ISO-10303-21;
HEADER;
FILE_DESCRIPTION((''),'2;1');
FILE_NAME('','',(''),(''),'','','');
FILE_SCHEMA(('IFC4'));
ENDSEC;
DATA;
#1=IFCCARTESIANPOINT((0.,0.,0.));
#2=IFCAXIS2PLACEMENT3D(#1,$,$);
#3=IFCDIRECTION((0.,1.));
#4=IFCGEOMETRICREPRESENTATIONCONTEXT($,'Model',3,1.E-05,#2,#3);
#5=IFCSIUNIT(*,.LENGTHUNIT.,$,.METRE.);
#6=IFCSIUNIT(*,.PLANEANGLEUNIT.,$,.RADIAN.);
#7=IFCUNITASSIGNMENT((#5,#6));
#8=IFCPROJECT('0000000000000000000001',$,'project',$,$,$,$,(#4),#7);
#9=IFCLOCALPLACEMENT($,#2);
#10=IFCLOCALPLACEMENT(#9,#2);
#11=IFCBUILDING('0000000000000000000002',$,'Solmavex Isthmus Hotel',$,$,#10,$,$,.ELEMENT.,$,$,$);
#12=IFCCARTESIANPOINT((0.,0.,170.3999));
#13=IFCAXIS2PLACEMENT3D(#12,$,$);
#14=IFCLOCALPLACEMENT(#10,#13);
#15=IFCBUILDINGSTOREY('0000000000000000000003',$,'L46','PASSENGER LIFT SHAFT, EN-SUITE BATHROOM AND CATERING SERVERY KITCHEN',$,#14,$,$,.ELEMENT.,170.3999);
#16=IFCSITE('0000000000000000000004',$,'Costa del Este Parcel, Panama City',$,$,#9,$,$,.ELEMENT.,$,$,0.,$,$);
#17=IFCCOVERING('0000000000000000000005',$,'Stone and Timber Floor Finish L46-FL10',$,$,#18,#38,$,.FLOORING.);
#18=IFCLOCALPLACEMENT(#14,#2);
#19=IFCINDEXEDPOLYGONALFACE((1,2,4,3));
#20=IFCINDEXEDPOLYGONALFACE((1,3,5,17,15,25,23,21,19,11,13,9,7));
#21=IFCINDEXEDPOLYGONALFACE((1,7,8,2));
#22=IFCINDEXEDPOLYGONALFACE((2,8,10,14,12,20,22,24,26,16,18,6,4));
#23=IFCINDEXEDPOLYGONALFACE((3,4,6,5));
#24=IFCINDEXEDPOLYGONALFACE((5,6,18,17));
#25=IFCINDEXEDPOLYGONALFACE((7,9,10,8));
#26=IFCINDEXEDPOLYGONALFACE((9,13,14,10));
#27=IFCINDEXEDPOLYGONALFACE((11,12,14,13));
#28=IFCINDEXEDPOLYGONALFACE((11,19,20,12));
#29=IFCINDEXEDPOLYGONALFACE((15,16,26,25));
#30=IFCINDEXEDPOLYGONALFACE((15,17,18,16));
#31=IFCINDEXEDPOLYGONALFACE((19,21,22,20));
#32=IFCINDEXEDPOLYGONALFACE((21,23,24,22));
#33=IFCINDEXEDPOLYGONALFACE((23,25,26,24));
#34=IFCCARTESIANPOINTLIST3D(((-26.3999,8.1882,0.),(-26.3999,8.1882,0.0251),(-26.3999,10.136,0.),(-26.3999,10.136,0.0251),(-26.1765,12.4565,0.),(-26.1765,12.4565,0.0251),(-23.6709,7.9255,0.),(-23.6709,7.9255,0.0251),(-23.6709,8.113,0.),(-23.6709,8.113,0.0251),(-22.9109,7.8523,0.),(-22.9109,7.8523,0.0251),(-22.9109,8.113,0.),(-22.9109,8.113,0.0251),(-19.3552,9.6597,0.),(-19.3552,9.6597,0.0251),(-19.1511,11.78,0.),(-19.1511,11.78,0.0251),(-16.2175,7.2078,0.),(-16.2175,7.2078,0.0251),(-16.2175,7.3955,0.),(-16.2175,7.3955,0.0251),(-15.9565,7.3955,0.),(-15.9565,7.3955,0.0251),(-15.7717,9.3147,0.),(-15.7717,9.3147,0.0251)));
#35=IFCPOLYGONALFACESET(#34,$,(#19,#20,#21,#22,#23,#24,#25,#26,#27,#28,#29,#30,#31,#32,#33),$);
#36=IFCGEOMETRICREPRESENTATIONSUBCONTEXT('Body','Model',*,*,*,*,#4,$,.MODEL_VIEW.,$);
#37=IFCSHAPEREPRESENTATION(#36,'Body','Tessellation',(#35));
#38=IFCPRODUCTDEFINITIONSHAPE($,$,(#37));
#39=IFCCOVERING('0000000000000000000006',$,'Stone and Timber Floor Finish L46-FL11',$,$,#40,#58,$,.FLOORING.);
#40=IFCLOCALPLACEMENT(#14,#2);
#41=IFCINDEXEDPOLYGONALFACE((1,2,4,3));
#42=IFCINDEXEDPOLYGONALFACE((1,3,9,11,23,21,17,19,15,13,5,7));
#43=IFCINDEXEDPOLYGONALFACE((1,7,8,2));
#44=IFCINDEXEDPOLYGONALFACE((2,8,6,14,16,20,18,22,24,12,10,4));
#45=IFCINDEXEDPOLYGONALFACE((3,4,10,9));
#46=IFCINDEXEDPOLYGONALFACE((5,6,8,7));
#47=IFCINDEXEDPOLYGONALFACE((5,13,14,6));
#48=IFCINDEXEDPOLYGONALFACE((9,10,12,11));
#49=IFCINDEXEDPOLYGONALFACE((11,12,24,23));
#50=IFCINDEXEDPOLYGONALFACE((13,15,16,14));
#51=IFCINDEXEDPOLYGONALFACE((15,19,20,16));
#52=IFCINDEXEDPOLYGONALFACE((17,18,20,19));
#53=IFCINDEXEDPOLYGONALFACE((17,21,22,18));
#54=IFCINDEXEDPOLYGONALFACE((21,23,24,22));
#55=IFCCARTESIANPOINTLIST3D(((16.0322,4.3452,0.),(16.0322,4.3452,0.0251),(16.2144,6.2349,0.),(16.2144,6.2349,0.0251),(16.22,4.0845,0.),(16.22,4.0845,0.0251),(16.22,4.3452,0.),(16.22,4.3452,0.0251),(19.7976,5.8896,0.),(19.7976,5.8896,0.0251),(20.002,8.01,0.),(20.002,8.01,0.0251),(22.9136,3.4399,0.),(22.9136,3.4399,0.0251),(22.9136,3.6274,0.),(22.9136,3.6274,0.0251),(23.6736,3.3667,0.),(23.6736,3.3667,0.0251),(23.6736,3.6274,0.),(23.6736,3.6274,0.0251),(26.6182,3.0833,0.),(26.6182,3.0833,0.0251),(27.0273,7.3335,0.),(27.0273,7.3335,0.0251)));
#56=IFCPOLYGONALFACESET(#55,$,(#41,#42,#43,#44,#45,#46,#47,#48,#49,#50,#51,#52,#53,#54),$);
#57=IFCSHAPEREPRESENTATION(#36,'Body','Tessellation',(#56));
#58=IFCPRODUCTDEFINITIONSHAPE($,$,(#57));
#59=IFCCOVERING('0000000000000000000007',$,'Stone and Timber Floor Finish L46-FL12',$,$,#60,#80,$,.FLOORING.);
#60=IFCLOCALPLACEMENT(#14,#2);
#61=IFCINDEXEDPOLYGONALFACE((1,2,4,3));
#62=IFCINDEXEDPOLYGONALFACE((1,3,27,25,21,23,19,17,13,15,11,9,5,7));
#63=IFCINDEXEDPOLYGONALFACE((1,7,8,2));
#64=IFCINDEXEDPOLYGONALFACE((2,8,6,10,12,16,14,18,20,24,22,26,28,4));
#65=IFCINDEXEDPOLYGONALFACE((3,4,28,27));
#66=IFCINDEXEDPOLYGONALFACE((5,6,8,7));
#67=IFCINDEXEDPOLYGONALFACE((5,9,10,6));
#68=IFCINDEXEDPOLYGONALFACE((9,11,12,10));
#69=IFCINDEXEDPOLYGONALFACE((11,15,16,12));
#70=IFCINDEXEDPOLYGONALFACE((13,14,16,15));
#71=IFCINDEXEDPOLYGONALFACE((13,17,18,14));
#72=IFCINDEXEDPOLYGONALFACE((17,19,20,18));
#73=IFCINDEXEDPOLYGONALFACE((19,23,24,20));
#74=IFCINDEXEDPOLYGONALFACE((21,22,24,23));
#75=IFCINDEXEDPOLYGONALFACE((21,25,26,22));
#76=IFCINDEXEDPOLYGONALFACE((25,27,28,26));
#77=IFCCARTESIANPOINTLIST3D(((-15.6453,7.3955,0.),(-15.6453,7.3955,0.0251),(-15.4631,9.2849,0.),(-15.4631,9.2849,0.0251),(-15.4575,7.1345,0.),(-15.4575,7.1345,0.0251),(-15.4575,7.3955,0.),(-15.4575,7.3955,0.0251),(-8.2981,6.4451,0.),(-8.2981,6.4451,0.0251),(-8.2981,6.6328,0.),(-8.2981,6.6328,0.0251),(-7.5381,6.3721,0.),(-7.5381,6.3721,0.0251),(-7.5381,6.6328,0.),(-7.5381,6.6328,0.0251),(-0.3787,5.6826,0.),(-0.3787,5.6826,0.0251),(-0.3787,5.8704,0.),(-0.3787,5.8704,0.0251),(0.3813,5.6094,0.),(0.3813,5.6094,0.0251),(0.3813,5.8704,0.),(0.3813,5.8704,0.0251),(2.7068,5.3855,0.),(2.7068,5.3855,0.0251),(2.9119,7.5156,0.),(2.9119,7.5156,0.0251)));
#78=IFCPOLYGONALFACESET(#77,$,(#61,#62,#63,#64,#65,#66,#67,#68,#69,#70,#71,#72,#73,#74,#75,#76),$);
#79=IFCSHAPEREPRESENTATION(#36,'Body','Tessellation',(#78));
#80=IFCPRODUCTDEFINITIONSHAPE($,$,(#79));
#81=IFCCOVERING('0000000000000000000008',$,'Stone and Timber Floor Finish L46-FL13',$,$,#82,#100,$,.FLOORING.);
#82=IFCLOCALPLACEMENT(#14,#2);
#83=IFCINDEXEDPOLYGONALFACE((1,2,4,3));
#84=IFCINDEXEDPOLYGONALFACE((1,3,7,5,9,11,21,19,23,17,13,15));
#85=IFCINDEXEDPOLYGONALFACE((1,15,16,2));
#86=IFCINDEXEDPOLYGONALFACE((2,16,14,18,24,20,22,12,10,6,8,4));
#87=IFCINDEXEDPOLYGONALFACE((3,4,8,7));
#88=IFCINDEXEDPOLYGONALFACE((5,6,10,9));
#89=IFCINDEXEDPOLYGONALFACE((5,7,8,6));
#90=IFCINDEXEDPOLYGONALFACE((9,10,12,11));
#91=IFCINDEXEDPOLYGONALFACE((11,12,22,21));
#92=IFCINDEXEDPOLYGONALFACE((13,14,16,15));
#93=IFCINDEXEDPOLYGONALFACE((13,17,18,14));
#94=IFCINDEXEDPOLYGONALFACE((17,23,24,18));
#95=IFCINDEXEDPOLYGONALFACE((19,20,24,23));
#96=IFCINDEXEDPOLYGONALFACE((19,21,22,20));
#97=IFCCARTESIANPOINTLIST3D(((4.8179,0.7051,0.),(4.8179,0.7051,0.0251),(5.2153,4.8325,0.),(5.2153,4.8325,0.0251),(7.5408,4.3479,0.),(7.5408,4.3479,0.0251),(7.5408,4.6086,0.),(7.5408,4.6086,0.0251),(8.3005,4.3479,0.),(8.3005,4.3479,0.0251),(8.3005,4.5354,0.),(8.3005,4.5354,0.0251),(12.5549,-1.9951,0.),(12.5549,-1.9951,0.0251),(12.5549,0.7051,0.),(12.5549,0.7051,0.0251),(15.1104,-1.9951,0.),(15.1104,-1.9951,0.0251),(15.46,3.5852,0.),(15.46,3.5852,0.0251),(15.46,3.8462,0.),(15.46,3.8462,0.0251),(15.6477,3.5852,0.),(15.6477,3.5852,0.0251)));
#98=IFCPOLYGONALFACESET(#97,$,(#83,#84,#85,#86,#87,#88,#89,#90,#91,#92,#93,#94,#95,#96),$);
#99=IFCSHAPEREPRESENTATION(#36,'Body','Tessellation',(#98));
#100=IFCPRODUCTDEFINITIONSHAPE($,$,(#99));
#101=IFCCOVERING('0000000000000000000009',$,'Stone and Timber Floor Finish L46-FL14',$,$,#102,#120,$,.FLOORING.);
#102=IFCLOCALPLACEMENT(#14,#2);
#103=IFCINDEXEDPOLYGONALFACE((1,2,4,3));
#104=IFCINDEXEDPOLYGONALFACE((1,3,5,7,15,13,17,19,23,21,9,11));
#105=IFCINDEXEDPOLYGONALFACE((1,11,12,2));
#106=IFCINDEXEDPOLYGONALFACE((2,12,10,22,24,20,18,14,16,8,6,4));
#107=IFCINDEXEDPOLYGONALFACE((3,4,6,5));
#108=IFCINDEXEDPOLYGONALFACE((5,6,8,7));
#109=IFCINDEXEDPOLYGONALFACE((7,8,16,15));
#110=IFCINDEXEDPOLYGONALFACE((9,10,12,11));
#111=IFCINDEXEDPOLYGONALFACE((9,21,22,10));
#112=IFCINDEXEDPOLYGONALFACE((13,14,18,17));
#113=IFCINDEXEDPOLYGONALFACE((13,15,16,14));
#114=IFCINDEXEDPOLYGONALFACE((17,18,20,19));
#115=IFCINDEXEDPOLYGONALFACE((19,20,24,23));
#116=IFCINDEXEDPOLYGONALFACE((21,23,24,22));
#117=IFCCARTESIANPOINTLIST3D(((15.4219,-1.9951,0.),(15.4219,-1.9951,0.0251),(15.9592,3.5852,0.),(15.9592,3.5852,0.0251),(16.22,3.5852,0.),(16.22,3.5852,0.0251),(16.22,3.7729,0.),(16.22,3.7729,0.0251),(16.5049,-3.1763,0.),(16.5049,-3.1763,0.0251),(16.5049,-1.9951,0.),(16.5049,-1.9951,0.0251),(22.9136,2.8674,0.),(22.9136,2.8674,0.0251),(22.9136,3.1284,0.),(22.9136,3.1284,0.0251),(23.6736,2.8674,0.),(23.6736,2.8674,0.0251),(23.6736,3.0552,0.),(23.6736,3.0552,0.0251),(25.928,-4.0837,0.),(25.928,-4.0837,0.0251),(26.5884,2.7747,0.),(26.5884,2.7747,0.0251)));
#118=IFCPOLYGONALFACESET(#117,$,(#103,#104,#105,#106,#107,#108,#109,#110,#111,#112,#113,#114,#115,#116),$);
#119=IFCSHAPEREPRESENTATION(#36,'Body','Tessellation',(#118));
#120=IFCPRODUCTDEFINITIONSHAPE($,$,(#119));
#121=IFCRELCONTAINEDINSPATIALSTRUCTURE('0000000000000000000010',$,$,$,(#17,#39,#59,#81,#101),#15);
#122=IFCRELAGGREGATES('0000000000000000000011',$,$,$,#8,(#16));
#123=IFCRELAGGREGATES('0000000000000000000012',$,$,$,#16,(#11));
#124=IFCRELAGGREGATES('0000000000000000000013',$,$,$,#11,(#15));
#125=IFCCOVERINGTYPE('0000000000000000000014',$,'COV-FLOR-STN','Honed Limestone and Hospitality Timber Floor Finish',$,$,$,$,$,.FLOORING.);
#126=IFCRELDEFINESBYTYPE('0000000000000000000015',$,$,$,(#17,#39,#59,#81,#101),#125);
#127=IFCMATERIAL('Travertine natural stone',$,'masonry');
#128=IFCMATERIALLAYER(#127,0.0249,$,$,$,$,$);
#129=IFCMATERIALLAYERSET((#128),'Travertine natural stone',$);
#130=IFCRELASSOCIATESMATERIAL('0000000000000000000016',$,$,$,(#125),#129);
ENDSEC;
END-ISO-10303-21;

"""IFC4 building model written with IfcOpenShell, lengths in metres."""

from ifc_helpers import new_model, si_unit, direction, frame, origin, place, context, subcontext, project, spatial, polyline, outline, extrude, material, layer, layer_set, type_object, element, save


model = new_model("IFC4")

# Units and contexts
model_context = context("Model", 3, precision=1e-05, world=origin(), true_north=direction((0.0, 1.0)))
body_context = subcontext(model_context, "Body", "Model", "MODEL_VIEW")
ifc_project = project(units=[si_unit("LENGTHUNIT", "METRE"), si_unit("PLANEANGLEUNIT", "RADIAN")], contexts=[model_context])

# Site, building, storey
site_placement = place(None, origin())
site = spatial("IfcSite", under=ifc_project, at=site_placement, Name="Costa del Este Parcel, Panama City", CompositionType="ELEMENT", RefElevation=0.0)
building_placement = place(site_placement, origin())
building = spatial("IfcBuilding", under=site, at=building_placement, Name="Solmavex Isthmus Hotel", CompositionType="ELEMENT")
storey_placement = place(building_placement, frame((0.0, 0.0, 170.3999)))
storey = spatial("IfcBuildingStorey", under=building, at=storey_placement, Name="L46", Description="PASSENGER LIFT SHAFT, EN-SUITE BATHROOM AND CATERING SERVERY KITCHEN", CompositionType="ELEMENT", Elevation=170.3999)

# Coverings
ifc_material_1 = material(Name="Travertine natural stone", Category="masonry")
ifc_layer_1 = layer(ifc_material_1, 0.0249)
ifc_layer_set_1 = layer_set([ifc_layer_1], Name="Travertine natural stone")
covering_type_1 = type_object("IfcCoveringType", Name="COV-FLOR-STN", Description="Honed Limestone and Hospitality Timber Floor Finish", PredefinedType="FLOORING", material=ifc_layer_set_1)
covering_1_placement = place(storey_placement, origin())
element("IfcCovering", 1, at=covering_1_placement, inside=storey, type_object=covering_type_1, Name="Stone and Timber Floor Finish L46-FL10", PredefinedType="FLOORING", context=body_context, shape_type="SweptSolid", body=[
    extrude(outline(polyline([(-16.2175, 7.2078), (-16.2175, 7.3955), (-15.9565, 7.3955), (-15.7717, 9.3147), (-19.3552, 9.6597), (-19.1511, 11.78), (-26.1765, 12.4565), (-26.3999, 10.136), (-26.3999, 8.1882), (-23.6709, 7.9255), (-23.6709, 8.113), (-22.9109, 8.113), (-22.9109, 7.8523), (-16.2175, 7.2078)])), origin(), (0.0, 0.0, 1.0), 0.0251),
])
covering_2_placement = place(storey_placement, origin())
element("IfcCovering", 2, at=covering_2_placement, inside=storey, type_object=covering_type_1, Name="Stone and Timber Floor Finish L46-FL11", PredefinedType="FLOORING", context=body_context, shape_type="SweptSolid", body=[
    extrude(outline(polyline([(22.9136, 3.4399), (22.9136, 3.6274), (23.6736, 3.6274), (23.6736, 3.3667), (26.6182, 3.0833), (27.0273, 7.3335), (20.002, 8.01), (19.7976, 5.8896), (16.2144, 6.2349), (16.0322, 4.3452), (16.22, 4.3452), (16.22, 4.0845), (22.9136, 3.4399)])), origin(), (0.0, 0.0, 1.0), 0.0251),
])
covering_3_placement = place(storey_placement, origin())
element("IfcCovering", 3, at=covering_3_placement, inside=storey, type_object=covering_type_1, Name="Stone and Timber Floor Finish L46-FL12", PredefinedType="FLOORING", context=body_context, shape_type="SweptSolid", body=[
    extrude(outline(polyline([(-0.3787, 5.6826), (-0.3787, 5.8704), (0.3813, 5.8704), (0.3813, 5.6094), (2.7068, 5.3855), (2.9119, 7.5156), (-15.4631, 9.2849), (-15.6453, 7.3955), (-15.4575, 7.3955), (-15.4575, 7.1345), (-8.2981, 6.4451), (-8.2981, 6.6328), (-7.5381, 6.6328), (-7.5381, 6.3721), (-0.3787, 5.6826)])), origin(), (0.0, 0.0, 1.0), 0.0251),
])
covering_4_placement = place(storey_placement, origin())
element("IfcCovering", 4, at=covering_4_placement, inside=storey, type_object=covering_type_1, Name="Stone and Timber Floor Finish L46-FL13", PredefinedType="FLOORING", context=body_context, shape_type="SweptSolid", body=[
    extrude(outline(polyline([(8.3005, 4.5354), (8.3005, 4.3479), (7.5408, 4.3479), (7.5408, 4.6086), (5.2153, 4.8325), (4.8179, 0.7051), (12.5549, 0.7051), (12.5549, -1.9951), (15.1104, -1.9951), (15.6477, 3.5852), (15.46, 3.5852), (15.46, 3.8462), (8.3005, 4.5354)])), origin(), (0.0, 0.0, 1.0), 0.0251),
])
covering_5_placement = place(storey_placement, origin())
element("IfcCovering", 5, at=covering_5_placement, inside=storey, type_object=covering_type_1, Name="Stone and Timber Floor Finish L46-FL14", PredefinedType="FLOORING", context=body_context, shape_type="SweptSolid", body=[
    extrude(outline(polyline([(16.22, 3.7729), (16.22, 3.5852), (15.9592, 3.5852), (15.4219, -1.9951), (16.5049, -1.9951), (16.5049, -3.1763), (25.928, -4.0837), (26.5884, 2.7747), (23.6736, 3.0552), (23.6736, 2.8674), (22.9136, 2.8674), (22.9136, 3.1284), (16.22, 3.7729)])), origin(), (0.0, 0.0, 1.0), 0.0251),
])

save(model, "model.ifc")
